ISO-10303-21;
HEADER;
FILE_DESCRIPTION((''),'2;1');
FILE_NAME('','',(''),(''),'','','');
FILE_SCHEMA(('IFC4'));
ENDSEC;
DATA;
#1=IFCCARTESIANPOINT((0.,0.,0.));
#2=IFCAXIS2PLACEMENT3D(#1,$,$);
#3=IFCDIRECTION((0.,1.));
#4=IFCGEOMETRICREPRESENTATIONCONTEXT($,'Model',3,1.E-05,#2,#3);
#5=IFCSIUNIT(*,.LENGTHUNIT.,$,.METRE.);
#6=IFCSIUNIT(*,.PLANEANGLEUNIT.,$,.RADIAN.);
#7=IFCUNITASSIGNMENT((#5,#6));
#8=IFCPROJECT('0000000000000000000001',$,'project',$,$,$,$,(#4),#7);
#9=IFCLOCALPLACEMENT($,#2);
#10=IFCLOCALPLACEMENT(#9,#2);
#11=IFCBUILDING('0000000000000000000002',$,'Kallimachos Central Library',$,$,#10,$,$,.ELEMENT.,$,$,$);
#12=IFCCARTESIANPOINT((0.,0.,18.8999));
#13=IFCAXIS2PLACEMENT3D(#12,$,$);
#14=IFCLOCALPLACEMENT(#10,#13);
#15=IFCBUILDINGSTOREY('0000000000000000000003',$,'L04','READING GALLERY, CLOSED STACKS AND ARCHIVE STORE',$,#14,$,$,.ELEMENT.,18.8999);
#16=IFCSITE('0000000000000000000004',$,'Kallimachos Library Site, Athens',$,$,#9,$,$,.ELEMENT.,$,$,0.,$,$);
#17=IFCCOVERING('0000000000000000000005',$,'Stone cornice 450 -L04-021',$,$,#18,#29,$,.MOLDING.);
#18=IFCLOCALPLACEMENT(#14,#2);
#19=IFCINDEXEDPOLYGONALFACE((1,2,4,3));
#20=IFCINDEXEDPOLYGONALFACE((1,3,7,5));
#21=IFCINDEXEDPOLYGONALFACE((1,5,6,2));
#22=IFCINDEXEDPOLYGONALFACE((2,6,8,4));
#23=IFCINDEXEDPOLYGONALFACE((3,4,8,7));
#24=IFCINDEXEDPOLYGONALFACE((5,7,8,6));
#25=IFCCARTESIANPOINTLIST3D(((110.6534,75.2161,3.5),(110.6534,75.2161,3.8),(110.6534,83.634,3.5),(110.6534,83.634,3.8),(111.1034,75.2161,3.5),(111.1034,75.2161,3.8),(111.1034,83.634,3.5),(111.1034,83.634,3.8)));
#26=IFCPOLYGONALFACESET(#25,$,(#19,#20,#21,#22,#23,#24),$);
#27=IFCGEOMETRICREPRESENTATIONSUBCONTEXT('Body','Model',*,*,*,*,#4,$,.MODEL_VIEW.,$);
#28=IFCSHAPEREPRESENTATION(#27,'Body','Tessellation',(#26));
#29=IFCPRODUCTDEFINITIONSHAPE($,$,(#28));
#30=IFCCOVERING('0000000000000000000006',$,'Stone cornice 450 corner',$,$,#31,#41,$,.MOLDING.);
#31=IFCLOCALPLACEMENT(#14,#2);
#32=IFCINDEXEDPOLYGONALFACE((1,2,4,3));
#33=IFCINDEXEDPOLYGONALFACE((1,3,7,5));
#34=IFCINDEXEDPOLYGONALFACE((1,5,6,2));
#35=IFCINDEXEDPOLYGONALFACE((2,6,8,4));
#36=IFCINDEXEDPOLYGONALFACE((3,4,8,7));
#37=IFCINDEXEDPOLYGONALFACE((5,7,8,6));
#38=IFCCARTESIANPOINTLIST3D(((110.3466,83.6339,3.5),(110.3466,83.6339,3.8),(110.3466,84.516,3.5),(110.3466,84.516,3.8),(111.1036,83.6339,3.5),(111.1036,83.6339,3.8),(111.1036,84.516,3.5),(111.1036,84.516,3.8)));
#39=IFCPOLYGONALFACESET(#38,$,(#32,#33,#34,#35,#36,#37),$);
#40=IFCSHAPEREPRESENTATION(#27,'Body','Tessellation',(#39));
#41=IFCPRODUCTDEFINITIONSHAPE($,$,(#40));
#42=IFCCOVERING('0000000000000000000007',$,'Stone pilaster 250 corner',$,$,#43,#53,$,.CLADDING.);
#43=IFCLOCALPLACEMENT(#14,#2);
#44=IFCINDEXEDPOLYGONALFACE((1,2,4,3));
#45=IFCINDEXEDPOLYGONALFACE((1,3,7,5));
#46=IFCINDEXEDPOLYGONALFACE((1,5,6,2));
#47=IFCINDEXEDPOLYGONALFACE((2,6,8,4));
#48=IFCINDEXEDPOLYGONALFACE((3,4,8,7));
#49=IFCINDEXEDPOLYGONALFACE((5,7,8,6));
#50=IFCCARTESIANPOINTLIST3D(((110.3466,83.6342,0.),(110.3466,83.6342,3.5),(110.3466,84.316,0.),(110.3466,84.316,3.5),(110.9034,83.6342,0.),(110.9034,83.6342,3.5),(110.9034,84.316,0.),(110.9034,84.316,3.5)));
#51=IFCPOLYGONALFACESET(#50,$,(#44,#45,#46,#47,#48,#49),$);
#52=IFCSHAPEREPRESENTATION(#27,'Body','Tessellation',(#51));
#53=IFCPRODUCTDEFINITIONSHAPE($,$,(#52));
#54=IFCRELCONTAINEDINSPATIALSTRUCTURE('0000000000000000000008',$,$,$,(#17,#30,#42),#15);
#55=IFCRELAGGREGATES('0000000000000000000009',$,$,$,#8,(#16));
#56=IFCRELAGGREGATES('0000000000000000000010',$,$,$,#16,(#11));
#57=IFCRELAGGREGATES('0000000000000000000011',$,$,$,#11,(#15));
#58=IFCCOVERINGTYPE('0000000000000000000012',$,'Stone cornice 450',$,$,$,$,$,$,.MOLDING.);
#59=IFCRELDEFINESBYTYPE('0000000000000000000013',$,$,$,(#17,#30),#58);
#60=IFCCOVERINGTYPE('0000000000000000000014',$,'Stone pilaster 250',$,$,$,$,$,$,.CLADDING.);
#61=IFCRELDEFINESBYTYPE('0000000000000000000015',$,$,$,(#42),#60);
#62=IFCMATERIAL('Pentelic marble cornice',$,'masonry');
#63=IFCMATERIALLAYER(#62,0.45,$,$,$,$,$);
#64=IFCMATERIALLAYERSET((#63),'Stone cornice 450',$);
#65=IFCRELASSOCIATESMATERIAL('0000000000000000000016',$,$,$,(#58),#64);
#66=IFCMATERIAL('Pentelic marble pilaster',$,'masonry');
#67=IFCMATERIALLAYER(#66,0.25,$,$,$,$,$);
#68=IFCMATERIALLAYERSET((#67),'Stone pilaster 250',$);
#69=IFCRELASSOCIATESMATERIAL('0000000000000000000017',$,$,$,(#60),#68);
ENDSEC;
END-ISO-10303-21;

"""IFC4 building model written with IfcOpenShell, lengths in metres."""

from ifc_helpers import new_model, si_unit, direction, frame, origin, origin_2d, place, context, subcontext, project, spatial, rectangle, extrude, material, layer, layer_set, type_object, element, save


model = new_model("IFC4")

# Units and contexts
model_context = context("Model", 3, precision=1e-05, world=origin(), true_north=direction((0.0, 1.0)))
body_context = subcontext(model_context, "Body", "Model", "MODEL_VIEW")
ifc_project = project(units=[si_unit("LENGTHUNIT", "METRE"), si_unit("PLANEANGLEUNIT", "RADIAN")], contexts=[model_context])

# Site, building, storey
site_placement = place(None, origin())
site = spatial("IfcSite", under=ifc_project, at=site_placement, Name="Kallimachos Library Site, Athens", CompositionType="ELEMENT", RefElevation=0.0)
building_placement = place(site_placement, origin())
building = spatial("IfcBuilding", under=site, at=building_placement, Name="Kallimachos Central Library", CompositionType="ELEMENT")
storey_placement = place(building_placement, frame((0.0, 0.0, 18.8999)))
storey = spatial("IfcBuildingStorey", under=building, at=storey_placement, Name="L04", Description="READING GALLERY, CLOSED STACKS AND ARCHIVE STORE", CompositionType="ELEMENT", Elevation=18.8999)

# Coverings
ifc_material_1 = material(Name="Pentelic marble cornice", Category="masonry")
ifc_layer_1 = layer(ifc_material_1, 0.45)
ifc_layer_set_1 = layer_set([ifc_layer_1], Name="Stone cornice 450")
covering_type_1 = type_object("IfcCoveringType", Name="Stone cornice 450", PredefinedType="MOLDING", material=ifc_layer_set_1)
covering_1_placement = place(storey_placement, frame((110.8784, 79.425, 3.5), z_axis=(0.0, 0.0, 1.0), x_axis=(1.0, 0.0, 0.0)))
element("IfcCovering", 1, at=covering_1_placement, inside=storey, type_object=covering_type_1, Name="Stone cornice 450 -L04-021", PredefinedType="MOLDING", context=body_context, shape_type="SweptSolid", body=[
    extrude(rectangle(XDim=0.45, YDim=8.418, at=origin_2d()), origin(), (0.0, 0.0, 1.0), 0.3),
])
covering_2_placement = place(storey_placement, frame((110.7251, 84.075, 3.5), z_axis=(0.0, 0.0, 1.0), x_axis=(1.0, 0.0, 0.0)))
element("IfcCovering", 2, at=covering_2_placement, inside=storey, type_object=covering_type_1, Name="Stone cornice 450 corner", PredefinedType="MOLDING", context=body_context, shape_type="SweptSolid", body=[
    extrude(rectangle(XDim=0.7571, YDim=0.8821, at=origin_2d()), origin(), (0.0, 0.0, 1.0), 0.3),
])
ifc_material_2 = material(Name="Pentelic marble pilaster", Category="masonry")
ifc_layer_2 = layer(ifc_material_2, 0.25)
ifc_layer_set_2 = layer_set([ifc_layer_2], Name="Stone pilaster 250")
covering_type_2 = type_object("IfcCoveringType", Name="Stone pilaster 250", PredefinedType="CLADDING", material=ifc_layer_set_2)
covering_3_placement = place(storey_placement, frame((110.625, 83.9751, 0.0), z_axis=(0.0, 0.0, 1.0), x_axis=(1.0, 0.0, 0.0)))
element("IfcCovering", 3, at=covering_3_placement, inside=storey, type_object=covering_type_2, Name="Stone pilaster 250 corner", PredefinedType="CLADDING", context=body_context, shape_type="SweptSolid", body=[
    extrude(rectangle(XDim=0.5569, YDim=0.6819, at=origin_2d()), origin(), (0.0, 0.0, 1.0), 3.5),
])

save(model, "model.ifc")
